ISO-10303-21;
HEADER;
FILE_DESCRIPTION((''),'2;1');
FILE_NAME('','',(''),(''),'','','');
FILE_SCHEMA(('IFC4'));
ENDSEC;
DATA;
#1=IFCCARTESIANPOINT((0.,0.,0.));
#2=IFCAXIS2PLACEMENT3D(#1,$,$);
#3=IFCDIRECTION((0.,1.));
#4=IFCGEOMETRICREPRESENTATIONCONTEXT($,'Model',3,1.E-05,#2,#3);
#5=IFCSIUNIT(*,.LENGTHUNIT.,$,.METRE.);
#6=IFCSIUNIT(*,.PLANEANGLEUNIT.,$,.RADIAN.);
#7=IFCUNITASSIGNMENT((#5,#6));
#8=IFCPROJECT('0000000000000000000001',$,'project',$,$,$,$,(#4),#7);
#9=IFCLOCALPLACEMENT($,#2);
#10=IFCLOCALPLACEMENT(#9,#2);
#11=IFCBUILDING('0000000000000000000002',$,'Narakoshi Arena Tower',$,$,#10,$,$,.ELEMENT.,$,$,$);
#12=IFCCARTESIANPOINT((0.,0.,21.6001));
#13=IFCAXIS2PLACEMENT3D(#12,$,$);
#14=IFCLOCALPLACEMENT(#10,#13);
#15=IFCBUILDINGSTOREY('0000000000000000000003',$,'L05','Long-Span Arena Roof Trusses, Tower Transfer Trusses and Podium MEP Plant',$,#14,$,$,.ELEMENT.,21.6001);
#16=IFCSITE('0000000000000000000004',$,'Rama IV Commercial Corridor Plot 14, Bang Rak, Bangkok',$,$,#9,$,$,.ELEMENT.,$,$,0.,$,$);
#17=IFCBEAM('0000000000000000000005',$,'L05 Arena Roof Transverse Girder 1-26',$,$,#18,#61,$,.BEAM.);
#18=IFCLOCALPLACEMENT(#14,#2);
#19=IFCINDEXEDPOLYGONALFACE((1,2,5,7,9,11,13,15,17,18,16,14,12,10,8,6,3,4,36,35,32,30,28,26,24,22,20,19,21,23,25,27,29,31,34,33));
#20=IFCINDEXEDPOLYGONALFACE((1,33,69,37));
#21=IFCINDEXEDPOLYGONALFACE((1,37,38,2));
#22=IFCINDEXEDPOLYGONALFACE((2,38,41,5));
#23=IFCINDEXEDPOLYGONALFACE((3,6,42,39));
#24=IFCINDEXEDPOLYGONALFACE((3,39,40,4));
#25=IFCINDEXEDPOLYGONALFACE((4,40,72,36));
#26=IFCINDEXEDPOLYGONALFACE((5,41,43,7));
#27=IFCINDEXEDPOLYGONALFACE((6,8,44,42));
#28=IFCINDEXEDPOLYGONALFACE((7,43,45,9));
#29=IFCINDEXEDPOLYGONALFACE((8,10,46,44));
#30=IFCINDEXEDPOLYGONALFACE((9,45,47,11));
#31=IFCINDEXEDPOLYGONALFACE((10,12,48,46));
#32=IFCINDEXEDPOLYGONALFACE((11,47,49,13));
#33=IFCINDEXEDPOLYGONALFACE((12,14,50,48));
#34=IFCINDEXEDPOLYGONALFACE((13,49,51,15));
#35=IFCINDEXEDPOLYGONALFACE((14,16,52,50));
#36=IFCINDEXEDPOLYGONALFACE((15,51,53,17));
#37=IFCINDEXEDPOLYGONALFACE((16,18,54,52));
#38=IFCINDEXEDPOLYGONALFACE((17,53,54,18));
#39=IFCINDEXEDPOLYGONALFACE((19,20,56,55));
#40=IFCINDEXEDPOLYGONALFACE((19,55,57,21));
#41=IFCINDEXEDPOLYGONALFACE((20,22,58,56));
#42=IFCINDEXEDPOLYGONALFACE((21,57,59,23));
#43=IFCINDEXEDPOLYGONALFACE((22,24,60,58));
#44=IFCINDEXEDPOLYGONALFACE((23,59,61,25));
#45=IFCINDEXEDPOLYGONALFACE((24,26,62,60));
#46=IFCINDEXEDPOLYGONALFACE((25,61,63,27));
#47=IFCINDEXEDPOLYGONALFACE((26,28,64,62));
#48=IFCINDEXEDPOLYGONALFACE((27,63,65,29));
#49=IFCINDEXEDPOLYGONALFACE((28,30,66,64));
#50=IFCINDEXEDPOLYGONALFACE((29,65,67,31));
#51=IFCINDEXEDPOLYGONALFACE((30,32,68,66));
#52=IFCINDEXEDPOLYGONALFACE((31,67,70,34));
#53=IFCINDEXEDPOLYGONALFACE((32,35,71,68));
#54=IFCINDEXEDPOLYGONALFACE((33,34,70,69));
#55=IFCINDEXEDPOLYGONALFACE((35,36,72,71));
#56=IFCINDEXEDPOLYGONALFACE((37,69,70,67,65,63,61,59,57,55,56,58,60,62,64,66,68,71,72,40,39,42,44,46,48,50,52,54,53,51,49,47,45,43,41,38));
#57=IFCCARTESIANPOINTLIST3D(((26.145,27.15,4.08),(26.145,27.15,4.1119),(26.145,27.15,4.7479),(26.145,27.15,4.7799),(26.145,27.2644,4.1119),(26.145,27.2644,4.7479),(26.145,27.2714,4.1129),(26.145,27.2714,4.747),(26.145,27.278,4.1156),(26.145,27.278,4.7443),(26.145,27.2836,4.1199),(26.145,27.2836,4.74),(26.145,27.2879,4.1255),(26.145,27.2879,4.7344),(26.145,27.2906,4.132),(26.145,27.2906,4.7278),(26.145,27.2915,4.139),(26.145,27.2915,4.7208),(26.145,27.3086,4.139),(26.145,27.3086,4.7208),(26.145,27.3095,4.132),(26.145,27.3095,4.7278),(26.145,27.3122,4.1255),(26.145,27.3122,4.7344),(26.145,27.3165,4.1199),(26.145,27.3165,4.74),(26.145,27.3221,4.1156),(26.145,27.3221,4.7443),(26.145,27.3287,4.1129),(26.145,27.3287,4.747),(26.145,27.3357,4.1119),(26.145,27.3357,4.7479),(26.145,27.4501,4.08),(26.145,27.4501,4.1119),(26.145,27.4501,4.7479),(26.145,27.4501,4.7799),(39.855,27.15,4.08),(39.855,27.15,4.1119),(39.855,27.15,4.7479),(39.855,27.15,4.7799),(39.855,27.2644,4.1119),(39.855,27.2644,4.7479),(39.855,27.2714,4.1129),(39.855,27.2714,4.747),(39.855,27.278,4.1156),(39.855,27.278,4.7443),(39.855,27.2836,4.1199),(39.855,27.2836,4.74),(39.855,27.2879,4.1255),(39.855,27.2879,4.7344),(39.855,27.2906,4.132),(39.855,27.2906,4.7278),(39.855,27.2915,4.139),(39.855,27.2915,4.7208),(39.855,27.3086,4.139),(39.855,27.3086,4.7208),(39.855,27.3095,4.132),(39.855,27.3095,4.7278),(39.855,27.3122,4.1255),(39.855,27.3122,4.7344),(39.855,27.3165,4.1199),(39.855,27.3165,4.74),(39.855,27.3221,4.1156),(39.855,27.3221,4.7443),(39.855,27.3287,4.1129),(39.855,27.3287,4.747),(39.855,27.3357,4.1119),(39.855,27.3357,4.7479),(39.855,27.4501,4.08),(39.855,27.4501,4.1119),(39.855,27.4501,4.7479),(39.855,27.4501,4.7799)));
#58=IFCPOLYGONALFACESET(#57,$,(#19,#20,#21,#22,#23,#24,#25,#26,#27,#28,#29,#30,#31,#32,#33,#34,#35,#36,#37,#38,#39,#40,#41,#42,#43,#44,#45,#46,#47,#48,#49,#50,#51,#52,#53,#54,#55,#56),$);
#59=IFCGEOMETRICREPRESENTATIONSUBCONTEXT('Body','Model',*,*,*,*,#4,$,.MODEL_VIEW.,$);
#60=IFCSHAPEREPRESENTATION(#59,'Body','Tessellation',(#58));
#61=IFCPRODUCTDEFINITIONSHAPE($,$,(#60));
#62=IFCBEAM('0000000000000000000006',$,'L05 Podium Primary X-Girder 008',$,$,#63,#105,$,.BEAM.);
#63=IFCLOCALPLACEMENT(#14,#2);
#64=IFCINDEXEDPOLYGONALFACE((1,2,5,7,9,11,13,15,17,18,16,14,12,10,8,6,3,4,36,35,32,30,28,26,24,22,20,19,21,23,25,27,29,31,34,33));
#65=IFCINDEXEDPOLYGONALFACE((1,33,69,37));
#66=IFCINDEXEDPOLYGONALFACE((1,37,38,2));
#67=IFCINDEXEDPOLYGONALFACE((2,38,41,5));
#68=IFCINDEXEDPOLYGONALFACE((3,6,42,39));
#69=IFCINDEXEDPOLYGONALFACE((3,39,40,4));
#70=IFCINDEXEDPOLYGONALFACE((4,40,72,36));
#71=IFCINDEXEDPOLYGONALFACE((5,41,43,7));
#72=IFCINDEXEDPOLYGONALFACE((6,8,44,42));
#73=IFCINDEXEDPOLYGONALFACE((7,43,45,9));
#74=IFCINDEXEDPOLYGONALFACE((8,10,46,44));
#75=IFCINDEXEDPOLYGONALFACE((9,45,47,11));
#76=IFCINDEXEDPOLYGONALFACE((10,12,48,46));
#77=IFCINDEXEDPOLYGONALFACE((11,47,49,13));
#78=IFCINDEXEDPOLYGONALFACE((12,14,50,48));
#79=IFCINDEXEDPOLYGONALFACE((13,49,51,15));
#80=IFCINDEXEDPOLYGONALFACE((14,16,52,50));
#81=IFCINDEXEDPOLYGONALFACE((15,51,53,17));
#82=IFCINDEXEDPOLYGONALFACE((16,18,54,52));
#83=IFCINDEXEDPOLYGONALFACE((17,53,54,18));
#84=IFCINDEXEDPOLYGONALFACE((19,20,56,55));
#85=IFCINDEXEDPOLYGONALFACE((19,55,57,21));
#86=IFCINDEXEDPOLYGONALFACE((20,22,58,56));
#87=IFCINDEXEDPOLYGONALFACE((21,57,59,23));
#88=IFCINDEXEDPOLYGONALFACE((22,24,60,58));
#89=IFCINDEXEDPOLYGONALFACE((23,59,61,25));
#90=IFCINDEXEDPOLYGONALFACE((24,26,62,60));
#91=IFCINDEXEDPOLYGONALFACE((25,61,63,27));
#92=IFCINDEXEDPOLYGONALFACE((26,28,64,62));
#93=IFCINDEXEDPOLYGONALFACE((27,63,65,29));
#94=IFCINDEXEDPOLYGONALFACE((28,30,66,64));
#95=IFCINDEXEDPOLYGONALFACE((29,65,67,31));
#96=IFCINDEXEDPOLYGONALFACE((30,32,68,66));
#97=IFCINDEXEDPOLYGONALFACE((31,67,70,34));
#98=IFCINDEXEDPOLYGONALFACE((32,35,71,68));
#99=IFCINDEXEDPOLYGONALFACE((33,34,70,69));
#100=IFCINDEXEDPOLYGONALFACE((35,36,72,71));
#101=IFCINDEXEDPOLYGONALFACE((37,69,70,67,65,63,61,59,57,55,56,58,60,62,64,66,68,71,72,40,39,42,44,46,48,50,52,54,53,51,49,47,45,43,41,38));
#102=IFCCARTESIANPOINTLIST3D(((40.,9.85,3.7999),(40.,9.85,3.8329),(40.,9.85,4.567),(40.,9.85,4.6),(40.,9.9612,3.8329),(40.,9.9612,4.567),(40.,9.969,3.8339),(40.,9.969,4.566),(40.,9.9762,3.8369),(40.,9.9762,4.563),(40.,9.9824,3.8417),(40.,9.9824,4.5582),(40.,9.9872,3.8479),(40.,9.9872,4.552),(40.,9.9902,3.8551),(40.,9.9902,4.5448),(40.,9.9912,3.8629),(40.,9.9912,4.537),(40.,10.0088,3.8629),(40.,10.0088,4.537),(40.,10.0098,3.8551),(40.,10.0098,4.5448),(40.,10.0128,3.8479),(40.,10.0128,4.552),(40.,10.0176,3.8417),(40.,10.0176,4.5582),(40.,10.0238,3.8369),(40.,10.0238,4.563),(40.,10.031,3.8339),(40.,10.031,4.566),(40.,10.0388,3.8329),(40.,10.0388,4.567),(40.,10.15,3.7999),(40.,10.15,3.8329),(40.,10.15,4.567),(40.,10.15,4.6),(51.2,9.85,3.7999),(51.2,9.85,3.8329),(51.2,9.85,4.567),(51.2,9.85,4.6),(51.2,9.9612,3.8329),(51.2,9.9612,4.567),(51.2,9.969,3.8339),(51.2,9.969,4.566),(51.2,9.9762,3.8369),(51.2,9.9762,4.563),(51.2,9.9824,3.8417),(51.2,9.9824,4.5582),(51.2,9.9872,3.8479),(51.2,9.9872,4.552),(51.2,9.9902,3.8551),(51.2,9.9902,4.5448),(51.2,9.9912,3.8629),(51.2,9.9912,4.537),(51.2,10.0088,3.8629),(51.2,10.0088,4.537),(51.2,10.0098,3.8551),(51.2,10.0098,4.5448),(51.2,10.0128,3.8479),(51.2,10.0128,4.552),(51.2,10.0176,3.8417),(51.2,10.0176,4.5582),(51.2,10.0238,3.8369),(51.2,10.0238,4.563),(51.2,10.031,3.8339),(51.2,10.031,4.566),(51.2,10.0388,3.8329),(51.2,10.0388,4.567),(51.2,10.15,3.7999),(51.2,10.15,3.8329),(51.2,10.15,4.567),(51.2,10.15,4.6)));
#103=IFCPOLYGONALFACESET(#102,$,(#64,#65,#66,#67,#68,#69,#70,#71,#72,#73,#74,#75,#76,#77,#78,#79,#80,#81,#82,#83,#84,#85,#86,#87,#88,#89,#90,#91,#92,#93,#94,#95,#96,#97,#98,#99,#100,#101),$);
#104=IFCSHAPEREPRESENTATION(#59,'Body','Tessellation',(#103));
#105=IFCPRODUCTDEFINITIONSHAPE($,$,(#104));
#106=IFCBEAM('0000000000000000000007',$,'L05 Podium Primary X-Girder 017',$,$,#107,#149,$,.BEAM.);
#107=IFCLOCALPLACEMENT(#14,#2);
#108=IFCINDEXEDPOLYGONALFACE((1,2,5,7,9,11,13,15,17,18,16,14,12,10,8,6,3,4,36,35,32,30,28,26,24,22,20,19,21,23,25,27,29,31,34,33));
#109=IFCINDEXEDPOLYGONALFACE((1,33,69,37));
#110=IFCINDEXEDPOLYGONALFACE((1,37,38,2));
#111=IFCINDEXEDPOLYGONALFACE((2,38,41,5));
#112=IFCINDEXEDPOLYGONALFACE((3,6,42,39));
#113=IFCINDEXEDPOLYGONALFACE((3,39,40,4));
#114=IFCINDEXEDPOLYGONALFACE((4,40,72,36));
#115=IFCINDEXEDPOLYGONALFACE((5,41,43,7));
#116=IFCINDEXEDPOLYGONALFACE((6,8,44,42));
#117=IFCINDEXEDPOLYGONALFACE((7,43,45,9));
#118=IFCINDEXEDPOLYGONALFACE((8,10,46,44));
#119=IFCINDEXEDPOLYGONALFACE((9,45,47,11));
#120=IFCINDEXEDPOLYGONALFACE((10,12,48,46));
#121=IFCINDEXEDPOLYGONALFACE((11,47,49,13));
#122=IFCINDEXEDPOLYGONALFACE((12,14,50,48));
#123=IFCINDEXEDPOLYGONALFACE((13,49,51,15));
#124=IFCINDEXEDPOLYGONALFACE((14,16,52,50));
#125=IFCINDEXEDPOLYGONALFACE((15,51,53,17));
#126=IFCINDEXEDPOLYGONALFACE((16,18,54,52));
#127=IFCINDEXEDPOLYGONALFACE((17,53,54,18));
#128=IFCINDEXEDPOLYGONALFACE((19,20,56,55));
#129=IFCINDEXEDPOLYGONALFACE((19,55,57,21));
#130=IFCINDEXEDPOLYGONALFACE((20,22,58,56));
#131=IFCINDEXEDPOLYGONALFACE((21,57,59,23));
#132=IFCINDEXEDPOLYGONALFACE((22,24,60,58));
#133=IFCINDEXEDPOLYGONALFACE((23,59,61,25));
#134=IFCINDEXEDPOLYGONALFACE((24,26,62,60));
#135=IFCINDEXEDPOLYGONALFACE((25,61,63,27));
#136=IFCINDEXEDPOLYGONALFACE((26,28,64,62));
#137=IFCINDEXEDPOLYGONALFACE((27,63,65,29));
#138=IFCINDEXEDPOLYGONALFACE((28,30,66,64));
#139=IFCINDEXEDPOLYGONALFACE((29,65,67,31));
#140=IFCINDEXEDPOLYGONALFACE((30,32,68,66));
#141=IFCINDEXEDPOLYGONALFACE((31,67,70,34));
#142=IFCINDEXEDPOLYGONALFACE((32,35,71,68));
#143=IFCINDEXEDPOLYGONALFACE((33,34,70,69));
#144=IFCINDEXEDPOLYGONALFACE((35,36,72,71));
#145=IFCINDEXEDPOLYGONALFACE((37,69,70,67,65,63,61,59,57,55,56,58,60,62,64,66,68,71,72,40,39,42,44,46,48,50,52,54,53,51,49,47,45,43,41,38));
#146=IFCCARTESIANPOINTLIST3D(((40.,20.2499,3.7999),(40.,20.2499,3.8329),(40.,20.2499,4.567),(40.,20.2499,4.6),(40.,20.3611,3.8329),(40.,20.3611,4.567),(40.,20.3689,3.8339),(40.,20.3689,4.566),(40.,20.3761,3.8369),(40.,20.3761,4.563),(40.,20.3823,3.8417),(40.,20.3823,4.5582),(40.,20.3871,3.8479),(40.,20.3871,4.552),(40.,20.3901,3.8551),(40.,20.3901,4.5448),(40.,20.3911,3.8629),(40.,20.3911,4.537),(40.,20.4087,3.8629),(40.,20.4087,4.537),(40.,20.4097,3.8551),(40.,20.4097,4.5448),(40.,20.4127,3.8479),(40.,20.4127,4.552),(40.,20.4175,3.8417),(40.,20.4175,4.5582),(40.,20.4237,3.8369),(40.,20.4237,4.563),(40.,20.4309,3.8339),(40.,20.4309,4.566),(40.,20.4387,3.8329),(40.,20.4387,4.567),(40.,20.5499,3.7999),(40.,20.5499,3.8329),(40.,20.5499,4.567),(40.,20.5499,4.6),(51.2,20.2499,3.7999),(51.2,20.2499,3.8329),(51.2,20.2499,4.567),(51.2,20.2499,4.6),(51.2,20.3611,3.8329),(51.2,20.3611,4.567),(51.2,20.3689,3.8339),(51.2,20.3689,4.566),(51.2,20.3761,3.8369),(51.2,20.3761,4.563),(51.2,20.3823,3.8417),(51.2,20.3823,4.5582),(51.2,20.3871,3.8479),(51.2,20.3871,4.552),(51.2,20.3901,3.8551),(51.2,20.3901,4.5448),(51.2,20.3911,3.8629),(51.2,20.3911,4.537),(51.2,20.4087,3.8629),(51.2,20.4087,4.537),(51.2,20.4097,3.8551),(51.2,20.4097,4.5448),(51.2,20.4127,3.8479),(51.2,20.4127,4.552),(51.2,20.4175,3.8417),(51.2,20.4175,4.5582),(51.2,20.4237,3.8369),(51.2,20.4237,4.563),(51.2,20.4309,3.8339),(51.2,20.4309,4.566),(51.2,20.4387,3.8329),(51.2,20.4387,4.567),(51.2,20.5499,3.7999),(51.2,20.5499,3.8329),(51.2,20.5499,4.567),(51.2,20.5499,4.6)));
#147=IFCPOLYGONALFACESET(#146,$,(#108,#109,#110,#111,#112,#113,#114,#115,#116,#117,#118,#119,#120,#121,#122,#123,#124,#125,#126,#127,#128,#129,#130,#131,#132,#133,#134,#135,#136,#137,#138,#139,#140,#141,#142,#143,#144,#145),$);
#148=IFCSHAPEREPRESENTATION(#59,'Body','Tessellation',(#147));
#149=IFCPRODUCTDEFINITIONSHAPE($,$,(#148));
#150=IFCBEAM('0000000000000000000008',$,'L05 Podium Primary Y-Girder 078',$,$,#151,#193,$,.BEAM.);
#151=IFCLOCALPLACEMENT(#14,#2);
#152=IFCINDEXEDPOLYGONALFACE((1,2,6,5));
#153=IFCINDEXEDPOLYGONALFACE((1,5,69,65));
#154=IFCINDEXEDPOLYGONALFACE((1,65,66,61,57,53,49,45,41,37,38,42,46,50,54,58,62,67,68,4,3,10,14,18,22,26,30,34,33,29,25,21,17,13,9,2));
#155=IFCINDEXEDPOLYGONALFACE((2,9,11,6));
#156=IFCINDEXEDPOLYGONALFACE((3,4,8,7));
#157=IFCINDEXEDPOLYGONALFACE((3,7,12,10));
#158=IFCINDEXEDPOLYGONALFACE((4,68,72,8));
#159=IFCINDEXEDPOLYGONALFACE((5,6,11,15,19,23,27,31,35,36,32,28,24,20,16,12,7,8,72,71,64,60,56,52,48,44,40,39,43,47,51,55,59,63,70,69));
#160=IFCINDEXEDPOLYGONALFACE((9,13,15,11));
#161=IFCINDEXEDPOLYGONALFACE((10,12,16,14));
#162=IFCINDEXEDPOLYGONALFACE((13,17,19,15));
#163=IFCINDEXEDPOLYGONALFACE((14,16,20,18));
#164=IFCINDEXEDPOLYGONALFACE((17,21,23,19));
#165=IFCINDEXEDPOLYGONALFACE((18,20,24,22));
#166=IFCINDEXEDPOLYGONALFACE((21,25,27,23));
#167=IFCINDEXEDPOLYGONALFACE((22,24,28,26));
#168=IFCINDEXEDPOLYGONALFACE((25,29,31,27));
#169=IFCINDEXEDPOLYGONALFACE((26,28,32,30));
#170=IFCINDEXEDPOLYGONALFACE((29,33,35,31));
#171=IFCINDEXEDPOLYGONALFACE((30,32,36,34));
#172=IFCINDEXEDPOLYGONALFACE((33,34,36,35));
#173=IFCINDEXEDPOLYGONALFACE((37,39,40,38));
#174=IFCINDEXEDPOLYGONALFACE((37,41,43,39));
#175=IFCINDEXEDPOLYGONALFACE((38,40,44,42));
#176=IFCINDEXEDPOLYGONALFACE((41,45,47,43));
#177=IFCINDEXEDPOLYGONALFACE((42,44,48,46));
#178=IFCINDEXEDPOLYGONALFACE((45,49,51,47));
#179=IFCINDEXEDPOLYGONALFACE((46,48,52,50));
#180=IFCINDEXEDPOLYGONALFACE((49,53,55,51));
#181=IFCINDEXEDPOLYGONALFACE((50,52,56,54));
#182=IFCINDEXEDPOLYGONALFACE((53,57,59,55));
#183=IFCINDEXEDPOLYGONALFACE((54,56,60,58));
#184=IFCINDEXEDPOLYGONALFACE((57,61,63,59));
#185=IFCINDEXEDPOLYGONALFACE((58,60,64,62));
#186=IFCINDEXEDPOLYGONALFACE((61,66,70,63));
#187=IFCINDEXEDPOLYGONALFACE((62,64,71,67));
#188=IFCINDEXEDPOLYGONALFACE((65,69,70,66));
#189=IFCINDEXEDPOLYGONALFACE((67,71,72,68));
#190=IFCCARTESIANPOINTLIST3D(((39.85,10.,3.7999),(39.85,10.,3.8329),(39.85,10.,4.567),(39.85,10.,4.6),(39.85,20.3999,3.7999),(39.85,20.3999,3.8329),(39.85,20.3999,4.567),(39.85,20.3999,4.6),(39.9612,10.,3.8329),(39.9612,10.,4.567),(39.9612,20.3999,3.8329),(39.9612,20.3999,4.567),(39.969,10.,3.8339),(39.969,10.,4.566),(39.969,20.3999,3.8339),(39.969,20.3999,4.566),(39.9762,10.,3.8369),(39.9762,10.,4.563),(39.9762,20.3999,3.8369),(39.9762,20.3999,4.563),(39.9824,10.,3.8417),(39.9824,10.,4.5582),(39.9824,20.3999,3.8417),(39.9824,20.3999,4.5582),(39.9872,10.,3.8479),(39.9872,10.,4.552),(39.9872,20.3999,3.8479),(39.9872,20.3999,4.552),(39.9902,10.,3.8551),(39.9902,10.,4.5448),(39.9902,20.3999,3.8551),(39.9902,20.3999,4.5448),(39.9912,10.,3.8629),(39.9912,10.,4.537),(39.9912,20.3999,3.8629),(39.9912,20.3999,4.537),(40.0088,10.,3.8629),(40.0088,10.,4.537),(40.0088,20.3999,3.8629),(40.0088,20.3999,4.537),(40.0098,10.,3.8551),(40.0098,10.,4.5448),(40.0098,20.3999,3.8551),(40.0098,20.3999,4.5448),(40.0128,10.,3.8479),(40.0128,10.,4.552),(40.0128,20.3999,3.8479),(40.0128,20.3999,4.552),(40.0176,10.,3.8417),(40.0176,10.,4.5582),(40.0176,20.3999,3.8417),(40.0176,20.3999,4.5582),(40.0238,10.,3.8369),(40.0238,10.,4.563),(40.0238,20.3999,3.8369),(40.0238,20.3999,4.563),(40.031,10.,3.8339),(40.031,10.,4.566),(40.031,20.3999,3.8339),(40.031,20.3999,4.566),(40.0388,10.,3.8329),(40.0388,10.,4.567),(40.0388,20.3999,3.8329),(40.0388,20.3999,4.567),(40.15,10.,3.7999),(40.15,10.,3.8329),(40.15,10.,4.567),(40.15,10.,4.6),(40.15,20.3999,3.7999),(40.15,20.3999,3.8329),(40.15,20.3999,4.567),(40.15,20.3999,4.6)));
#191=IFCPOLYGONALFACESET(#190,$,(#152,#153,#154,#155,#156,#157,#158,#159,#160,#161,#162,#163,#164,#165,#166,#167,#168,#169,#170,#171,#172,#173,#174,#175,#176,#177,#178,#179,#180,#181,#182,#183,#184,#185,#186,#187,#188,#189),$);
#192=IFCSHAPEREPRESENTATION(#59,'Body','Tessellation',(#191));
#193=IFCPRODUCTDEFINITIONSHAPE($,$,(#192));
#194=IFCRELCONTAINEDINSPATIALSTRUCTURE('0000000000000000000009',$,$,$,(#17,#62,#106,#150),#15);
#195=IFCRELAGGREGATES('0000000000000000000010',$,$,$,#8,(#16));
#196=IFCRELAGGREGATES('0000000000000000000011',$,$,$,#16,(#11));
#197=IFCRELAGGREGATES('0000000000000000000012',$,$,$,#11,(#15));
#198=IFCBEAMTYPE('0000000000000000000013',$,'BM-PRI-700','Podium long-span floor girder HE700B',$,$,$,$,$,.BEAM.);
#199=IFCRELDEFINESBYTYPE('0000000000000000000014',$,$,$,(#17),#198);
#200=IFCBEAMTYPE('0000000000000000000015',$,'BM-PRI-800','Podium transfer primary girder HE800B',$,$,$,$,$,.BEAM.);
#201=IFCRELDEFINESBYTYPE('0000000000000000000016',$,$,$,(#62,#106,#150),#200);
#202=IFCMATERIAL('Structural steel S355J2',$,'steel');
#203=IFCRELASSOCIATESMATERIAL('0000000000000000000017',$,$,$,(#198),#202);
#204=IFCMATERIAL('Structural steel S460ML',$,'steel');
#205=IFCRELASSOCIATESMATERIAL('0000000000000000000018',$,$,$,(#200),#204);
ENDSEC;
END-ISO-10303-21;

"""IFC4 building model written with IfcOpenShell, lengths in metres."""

from ifc_helpers import new_model, si_unit, direction, frame, origin, origin_2d, place, context, subcontext, project, spatial, i_section, extrude, material, material_profile, profile_set, type_object, element, save


model = new_model("IFC4")

# Units and contexts
model_context = context("Model", 3, precision=1e-05, world=origin(), true_north=direction((0.0, 1.0)))
body_context = subcontext(model_context, "Body", "Model", "MODEL_VIEW")
ifc_project = project(units=[si_unit("LENGTHUNIT", "METRE"), si_unit("PLANEANGLEUNIT", "RADIAN")], contexts=[model_context])

# Site, building, storey
site_placement = place(None, origin())
site = spatial("IfcSite", under=ifc_project, at=site_placement, Name="Rama IV Commercial Corridor Plot 14, Bang Rak, Bangkok", CompositionType="ELEMENT", RefElevation=0.0)
building_placement = place(site_placement, origin())
building = spatial("IfcBuilding", under=site, at=building_placement, Name="Narakoshi Arena Tower", CompositionType="ELEMENT")
storey_placement = place(building_placement, frame((0.0, 0.0, 21.6001)))
storey = spatial("IfcBuildingStorey", under=building, at=storey_placement, Name="L05", Description="Long-Span Arena Roof Trusses, Tower Transfer Trusses and Podium MEP Plant", CompositionType="ELEMENT", Elevation=21.6001)

# Shared definitions
ifc_material_1 = material(Name="Structural steel S355J2", Category="steel")

# Beams
ifc_material_2 = material(Name="Structural steel S460ML", Category="steel")
ifc_material_profile_1 = material_profile(ifc_material_1, i_section(OverallWidth=0.3, OverallDepth=0.7, WebThickness=0.0171, FlangeThickness=0.032, FilletRadius=0.0271, at=origin_2d()), Name="HE700B")
ifc_profile_set_1 = profile_set([ifc_material_profile_1], Name="Structural steel S355J2")
beam_type_1 = type_object("IfcBeamType", Name="BM-PRI-700", Description="Podium long-span floor girder HE700B", PredefinedType="BEAM", material=ifc_profile_set_1)
beam_1_placement = place(storey_placement, frame((26.145, 27.3, 4.4299), z_axis=(1.0, 0.0, 0.0), x_axis=(0.0, 1.0, 0.0)))
element("IfcBeam", 1, at=beam_1_placement, inside=storey, type_object=beam_type_1, Name="L05 Arena Roof Transverse Girder 1-26", PredefinedType="BEAM", context=body_context, shape_type="SweptSolid", body=[
    extrude(i_section(OverallWidth=0.3, OverallDepth=0.7, WebThickness=0.0171, FlangeThickness=0.032, FilletRadius=0.0271, at=origin_2d()), origin(), (0.0, 0.0, 1.0), 13.71),
])
ifc_material_profile_2 = material_profile(ifc_material_2, i_section(OverallWidth=0.3, OverallDepth=0.8, WebThickness=0.0176, FlangeThickness=0.033, FilletRadius=0.03, at=origin_2d()), Name="HE800B")
ifc_profile_set_2 = profile_set([ifc_material_profile_2], Name="Structural steel S460ML")
beam_type_2 = type_object("IfcBeamType", Name="BM-PRI-800", Description="Podium transfer primary girder HE800B", PredefinedType="BEAM", material=ifc_profile_set_2)
for number, where, z_axis, x_axis, name in (
    (2, (40.0, 10.0, 4.2), (1.0, 0.0, 0.0), (0.0, 1.0, 0.0), "L05 Podium Primary X-Girder 008"),
    (3, (40.0, 20.3999, 4.2), (1.0, 0.0, 0.0), (0.0, 1.0, 0.0), "L05 Podium Primary X-Girder 017"),
):
    element("IfcBeam", number, at=place(storey_placement, frame(where, z_axis=z_axis, x_axis=x_axis)), inside=storey, type_object=beam_type_2, Name=name, PredefinedType="BEAM", context=body_context, shape_type="SweptSolid", body=[
        extrude(i_section(OverallWidth=0.3, OverallDepth=0.8, WebThickness=0.0176, FlangeThickness=0.033, FilletRadius=0.03, at=origin_2d()), origin(), (0.0, 0.0, 1.0), 11.2),
    ])
beam_2_placement = place(storey_placement, frame((40.0, 10.0, 4.2), z_axis=(0.0, 1.0, 0.0), x_axis=(-1.0, 0.0, 0.0)))
element("IfcBeam", 4, at=beam_2_placement, inside=storey, type_object=beam_type_2, Name="L05 Podium Primary Y-Girder 078", PredefinedType="BEAM", context=body_context, shape_type="SweptSolid", body=[
    extrude(i_section(OverallWidth=0.3, OverallDepth=0.8, WebThickness=0.0176, FlangeThickness=0.033, FilletRadius=0.03, at=origin_2d()), origin(), (0.0, 0.0, 1.0), 10.3999),
])

save(model, "model.ifc")
